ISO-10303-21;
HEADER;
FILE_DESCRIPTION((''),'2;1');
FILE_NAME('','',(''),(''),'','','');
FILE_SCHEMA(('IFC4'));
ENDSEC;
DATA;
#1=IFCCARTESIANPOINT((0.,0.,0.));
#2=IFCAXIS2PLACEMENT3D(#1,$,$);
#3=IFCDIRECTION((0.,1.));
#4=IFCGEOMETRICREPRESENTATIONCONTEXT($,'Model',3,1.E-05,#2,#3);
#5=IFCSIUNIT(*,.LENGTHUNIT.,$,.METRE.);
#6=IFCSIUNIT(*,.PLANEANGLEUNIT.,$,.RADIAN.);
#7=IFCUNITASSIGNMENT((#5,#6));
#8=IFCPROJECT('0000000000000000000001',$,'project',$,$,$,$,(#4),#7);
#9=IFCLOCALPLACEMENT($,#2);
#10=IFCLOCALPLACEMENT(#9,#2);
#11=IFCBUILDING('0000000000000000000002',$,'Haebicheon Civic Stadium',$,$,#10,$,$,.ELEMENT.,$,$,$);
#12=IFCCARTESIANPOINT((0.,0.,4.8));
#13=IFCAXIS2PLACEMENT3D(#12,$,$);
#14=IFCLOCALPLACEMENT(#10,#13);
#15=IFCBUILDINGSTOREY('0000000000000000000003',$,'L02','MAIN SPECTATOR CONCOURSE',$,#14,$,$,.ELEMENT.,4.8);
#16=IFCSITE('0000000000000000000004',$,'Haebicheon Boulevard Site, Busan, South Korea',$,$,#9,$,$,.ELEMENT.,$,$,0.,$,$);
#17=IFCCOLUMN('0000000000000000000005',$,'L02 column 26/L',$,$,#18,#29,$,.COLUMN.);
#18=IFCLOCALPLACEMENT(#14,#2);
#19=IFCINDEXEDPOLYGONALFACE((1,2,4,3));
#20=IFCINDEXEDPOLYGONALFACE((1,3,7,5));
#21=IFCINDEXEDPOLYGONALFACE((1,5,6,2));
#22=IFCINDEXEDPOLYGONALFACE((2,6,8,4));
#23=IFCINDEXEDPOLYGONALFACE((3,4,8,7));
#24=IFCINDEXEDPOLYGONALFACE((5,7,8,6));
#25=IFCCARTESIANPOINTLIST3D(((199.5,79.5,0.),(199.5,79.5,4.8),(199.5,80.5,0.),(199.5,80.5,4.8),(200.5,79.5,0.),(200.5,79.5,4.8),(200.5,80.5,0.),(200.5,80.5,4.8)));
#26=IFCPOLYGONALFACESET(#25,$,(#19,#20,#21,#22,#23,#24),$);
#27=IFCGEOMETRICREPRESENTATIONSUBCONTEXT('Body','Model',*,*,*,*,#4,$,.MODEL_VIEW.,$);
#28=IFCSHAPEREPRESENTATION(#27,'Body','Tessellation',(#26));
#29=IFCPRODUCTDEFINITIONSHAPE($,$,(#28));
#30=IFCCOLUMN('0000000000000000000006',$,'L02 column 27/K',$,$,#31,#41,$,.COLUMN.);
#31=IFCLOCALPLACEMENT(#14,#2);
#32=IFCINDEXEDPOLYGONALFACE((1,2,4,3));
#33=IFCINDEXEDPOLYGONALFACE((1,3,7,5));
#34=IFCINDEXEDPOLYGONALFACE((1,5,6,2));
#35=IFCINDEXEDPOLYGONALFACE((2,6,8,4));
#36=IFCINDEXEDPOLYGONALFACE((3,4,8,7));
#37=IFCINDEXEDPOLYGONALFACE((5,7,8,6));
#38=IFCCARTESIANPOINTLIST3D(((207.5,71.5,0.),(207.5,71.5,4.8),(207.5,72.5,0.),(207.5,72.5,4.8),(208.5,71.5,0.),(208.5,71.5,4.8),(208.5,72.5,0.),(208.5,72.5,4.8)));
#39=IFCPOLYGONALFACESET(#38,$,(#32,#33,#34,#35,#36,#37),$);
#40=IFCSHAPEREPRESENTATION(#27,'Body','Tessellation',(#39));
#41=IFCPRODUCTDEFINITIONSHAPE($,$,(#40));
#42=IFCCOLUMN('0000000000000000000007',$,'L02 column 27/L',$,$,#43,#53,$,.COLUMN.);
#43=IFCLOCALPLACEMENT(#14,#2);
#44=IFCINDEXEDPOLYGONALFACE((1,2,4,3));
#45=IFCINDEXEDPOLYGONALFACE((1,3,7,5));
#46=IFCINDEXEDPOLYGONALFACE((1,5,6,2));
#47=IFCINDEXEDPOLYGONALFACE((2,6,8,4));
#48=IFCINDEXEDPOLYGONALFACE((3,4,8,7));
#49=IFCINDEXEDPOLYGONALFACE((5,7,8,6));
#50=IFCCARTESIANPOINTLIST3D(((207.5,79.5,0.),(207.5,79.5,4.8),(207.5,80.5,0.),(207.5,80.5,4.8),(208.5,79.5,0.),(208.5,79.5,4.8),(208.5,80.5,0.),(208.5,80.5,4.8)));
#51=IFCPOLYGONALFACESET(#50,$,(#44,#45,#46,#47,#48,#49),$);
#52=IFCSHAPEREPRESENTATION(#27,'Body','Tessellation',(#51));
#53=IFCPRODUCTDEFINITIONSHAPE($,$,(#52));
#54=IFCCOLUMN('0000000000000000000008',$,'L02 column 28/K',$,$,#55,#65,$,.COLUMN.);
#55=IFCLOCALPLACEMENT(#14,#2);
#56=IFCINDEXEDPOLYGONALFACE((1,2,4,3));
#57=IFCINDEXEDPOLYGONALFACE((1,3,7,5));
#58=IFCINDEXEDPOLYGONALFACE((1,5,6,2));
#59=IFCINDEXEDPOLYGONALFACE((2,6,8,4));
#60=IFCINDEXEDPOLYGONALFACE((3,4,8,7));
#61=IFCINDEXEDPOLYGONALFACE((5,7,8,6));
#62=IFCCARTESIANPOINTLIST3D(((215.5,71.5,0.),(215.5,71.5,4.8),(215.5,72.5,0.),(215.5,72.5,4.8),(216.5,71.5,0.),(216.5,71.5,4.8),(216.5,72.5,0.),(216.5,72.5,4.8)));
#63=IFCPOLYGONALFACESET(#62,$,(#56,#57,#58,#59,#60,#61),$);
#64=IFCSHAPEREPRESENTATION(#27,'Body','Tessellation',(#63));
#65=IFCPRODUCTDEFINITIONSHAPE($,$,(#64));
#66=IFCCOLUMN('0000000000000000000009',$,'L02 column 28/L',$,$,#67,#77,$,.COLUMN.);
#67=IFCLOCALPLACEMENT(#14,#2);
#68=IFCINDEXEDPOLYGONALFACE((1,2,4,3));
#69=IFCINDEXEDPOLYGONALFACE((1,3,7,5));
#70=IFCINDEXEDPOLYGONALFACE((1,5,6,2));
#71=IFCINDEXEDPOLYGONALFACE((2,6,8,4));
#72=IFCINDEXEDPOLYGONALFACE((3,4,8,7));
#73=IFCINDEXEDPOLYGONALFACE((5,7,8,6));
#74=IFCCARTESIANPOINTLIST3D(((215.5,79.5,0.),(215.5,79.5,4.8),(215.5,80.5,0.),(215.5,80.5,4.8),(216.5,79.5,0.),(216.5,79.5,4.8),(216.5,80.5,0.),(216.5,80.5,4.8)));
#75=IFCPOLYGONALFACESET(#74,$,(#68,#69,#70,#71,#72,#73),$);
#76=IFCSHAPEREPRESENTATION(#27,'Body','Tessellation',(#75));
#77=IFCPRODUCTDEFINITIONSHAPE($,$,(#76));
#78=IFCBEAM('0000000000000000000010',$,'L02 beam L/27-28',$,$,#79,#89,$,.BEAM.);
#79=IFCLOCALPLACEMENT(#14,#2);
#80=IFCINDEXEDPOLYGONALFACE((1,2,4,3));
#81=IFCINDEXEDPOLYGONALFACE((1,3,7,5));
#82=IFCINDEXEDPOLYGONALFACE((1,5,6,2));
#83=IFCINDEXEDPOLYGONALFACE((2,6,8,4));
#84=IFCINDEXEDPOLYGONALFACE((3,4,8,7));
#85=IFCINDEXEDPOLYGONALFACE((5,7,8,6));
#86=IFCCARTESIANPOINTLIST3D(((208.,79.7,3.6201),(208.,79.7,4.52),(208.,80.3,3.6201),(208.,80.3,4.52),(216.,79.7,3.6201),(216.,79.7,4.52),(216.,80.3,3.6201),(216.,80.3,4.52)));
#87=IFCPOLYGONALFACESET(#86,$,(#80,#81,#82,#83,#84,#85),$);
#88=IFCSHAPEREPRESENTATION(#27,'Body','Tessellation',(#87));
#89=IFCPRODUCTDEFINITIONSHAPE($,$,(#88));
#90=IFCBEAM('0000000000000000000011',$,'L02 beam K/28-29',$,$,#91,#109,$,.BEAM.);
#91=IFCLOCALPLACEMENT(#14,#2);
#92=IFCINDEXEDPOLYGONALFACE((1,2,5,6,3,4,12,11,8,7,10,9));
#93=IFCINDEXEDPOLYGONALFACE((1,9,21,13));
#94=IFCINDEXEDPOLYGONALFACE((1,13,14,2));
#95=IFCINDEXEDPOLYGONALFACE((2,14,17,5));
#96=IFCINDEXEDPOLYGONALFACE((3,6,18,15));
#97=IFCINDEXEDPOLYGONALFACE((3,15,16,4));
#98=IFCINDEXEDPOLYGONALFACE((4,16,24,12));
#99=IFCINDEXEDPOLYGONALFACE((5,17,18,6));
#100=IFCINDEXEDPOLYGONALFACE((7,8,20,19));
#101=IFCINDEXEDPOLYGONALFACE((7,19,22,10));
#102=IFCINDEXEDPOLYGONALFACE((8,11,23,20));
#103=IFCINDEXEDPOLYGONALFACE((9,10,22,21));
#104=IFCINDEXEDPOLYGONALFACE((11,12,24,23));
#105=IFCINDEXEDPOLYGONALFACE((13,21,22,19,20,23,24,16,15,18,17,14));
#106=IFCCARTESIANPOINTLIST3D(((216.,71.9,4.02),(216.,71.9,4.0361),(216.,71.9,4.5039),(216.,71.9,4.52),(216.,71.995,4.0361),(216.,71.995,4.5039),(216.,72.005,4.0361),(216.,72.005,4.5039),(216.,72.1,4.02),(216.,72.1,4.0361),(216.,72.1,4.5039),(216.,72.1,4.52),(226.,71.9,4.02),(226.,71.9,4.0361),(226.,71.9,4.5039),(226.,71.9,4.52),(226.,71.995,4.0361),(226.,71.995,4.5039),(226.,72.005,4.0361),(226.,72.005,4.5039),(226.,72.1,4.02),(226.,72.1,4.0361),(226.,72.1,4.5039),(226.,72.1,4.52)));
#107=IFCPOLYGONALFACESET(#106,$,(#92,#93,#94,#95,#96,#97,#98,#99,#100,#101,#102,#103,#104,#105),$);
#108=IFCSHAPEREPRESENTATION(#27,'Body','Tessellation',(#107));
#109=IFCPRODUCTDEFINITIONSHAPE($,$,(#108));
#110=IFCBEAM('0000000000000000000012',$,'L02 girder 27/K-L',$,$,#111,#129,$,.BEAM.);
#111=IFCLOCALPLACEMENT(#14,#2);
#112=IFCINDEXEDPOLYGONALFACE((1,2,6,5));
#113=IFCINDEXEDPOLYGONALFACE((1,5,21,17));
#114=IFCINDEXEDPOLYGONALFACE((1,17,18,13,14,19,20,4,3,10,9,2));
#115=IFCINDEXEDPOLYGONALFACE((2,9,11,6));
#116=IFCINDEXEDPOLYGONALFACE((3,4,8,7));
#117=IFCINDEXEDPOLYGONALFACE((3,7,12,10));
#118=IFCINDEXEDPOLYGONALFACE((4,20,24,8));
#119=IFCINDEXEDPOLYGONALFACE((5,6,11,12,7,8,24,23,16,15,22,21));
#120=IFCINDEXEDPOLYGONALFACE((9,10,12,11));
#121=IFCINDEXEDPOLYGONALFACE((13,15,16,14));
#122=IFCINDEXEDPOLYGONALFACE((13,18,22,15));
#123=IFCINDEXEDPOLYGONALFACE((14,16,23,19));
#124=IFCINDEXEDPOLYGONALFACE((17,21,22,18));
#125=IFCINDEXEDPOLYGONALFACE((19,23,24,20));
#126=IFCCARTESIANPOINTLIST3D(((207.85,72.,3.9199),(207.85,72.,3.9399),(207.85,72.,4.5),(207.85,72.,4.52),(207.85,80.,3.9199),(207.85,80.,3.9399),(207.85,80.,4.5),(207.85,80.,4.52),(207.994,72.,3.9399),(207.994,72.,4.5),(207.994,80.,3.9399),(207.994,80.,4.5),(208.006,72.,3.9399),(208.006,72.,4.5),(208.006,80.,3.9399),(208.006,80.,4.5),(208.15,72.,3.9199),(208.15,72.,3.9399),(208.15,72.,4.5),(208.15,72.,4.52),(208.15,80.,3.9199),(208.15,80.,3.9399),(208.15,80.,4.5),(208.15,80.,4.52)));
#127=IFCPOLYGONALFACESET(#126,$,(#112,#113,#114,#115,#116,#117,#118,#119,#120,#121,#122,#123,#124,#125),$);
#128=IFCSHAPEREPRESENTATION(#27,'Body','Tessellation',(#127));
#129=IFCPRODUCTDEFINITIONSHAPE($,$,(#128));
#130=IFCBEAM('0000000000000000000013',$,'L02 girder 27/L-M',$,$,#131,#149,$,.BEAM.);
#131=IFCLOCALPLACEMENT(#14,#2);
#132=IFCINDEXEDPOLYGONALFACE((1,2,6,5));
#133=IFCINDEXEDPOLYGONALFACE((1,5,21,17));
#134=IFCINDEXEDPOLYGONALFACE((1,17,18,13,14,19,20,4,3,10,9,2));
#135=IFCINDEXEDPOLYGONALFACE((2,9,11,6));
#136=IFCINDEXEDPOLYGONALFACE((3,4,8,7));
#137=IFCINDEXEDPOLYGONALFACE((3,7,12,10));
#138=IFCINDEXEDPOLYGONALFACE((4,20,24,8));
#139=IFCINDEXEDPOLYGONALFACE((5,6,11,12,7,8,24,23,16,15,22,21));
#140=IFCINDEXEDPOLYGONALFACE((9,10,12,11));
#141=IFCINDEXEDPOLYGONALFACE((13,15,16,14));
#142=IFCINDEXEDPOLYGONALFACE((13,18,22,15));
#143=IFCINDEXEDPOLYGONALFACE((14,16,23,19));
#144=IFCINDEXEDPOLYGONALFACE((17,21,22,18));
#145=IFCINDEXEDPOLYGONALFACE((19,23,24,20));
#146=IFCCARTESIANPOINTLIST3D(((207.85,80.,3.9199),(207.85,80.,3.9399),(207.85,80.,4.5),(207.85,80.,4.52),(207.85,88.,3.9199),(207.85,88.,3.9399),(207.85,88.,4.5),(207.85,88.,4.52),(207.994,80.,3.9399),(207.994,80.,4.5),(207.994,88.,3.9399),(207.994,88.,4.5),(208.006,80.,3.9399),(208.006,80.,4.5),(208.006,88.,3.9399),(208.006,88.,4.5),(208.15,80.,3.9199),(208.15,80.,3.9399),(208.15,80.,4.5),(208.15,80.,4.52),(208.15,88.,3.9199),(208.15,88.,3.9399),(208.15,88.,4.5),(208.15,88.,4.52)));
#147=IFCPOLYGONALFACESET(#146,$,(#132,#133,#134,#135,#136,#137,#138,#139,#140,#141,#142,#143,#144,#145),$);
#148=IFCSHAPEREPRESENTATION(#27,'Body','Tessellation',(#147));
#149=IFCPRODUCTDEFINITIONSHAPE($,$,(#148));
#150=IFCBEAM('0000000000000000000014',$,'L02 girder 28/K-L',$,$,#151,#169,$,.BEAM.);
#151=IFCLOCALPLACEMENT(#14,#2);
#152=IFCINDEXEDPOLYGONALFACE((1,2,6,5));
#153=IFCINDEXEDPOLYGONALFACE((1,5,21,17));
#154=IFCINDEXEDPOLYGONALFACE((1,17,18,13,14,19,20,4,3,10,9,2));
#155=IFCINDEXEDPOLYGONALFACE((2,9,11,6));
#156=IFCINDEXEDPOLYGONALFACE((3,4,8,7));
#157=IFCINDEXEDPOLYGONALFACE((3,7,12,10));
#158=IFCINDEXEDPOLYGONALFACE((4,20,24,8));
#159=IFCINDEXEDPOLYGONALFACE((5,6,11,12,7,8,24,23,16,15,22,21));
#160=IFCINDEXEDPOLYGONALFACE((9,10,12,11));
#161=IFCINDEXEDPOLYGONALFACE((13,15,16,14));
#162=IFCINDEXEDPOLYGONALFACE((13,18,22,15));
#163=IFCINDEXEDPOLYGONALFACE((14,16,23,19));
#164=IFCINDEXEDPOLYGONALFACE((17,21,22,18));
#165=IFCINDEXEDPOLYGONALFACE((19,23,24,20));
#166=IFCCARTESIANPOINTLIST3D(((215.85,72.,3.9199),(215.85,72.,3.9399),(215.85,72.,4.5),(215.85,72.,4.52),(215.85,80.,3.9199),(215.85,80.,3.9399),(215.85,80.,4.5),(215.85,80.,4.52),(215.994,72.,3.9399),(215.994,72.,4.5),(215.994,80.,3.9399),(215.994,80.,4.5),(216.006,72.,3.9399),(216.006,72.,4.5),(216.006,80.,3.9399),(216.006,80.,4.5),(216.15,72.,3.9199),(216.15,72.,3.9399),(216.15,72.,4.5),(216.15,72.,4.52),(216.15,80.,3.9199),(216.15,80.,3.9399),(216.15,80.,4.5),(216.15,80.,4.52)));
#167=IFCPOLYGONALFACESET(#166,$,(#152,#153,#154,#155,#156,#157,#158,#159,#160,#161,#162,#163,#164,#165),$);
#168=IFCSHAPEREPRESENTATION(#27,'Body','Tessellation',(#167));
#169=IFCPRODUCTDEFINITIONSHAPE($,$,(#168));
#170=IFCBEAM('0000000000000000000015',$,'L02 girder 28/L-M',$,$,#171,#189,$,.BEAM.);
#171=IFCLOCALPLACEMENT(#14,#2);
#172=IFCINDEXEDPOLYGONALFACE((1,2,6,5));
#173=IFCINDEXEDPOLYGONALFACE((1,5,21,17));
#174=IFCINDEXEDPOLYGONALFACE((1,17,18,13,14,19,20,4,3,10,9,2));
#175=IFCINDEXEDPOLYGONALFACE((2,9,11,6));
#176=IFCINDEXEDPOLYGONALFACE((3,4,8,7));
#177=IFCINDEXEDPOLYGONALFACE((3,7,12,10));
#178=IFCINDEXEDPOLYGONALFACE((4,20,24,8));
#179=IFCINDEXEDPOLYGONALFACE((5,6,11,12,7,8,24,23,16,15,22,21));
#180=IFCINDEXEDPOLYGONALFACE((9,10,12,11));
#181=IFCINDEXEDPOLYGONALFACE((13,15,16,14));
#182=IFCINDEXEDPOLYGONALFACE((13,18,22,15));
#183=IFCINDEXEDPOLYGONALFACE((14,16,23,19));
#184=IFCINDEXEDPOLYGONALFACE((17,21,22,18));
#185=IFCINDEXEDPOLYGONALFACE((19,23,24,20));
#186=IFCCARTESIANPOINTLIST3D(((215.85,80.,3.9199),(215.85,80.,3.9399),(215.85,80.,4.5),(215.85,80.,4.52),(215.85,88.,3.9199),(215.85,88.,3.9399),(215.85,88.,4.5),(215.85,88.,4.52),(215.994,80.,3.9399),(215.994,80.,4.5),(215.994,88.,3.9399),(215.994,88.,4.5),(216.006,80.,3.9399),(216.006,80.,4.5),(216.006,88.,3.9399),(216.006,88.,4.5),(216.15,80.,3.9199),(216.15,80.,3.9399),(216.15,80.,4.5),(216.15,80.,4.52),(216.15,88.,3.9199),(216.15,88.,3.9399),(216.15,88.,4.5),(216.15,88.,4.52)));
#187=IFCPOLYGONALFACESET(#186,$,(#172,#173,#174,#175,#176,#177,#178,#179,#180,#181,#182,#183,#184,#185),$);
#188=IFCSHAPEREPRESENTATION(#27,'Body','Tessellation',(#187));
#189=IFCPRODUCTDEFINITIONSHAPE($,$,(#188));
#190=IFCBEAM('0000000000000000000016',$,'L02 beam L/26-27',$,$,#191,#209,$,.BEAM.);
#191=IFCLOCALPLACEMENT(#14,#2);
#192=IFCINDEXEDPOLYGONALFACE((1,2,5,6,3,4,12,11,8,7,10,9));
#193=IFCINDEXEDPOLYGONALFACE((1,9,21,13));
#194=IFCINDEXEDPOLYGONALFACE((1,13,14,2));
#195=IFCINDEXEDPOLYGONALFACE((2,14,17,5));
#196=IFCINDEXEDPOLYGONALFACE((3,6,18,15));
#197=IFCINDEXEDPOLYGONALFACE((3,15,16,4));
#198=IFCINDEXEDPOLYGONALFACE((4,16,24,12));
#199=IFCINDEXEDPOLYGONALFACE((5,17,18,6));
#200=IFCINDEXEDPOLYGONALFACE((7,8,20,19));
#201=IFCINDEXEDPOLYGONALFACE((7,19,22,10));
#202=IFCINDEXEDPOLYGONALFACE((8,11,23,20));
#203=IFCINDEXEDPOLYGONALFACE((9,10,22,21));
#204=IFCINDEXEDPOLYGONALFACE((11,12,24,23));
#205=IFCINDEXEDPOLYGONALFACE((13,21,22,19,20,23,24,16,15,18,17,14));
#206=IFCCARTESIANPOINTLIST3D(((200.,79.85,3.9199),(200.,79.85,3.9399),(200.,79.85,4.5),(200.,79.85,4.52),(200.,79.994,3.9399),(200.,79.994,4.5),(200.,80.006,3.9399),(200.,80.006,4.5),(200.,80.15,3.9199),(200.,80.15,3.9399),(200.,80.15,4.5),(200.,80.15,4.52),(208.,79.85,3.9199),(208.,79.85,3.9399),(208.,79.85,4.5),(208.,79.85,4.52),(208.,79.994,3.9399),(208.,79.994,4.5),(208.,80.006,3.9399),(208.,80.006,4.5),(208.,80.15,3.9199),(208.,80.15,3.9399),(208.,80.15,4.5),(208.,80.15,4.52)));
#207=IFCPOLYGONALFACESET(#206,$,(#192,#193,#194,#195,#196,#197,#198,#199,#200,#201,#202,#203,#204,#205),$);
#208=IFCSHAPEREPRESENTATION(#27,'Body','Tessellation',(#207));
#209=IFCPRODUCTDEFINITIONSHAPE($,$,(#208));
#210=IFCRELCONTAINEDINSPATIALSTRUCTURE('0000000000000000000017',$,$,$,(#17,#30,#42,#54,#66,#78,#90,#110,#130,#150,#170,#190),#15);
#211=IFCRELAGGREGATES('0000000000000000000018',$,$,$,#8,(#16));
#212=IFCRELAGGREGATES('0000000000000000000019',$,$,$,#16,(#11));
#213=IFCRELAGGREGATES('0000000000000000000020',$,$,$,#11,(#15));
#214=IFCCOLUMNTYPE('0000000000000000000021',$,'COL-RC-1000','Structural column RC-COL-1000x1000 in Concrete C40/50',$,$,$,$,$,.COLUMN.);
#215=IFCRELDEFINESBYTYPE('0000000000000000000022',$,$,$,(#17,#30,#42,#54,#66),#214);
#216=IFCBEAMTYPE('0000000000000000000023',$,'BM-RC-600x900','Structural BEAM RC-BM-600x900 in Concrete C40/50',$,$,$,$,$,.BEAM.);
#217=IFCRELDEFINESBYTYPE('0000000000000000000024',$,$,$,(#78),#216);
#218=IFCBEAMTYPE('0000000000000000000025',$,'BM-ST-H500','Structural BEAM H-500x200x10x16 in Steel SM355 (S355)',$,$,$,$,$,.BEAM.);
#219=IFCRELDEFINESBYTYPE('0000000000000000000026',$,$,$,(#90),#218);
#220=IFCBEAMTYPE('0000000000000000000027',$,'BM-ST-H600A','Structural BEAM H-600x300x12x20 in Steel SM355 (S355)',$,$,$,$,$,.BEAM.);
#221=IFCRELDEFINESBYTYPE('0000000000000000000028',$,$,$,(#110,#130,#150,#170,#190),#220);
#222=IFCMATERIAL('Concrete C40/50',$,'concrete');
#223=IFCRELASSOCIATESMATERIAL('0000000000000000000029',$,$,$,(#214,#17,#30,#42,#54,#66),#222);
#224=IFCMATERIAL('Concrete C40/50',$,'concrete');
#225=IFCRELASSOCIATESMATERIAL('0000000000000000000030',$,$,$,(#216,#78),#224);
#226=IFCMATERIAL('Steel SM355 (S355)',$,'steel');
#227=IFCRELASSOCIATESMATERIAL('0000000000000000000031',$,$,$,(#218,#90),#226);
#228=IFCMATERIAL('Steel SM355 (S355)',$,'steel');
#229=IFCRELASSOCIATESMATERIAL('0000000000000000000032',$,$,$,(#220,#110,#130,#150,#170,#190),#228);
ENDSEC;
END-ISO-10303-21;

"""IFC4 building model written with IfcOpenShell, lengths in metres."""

from ifc_helpers import new_model, si_unit, direction, frame, origin, origin_2d, place, context, subcontext, project, spatial, rectangle, i_section, extrude, material, material_profile, profile_set, type_object, element, save


model = new_model("IFC4")

# Units and contexts
model_context = context("Model", 3, precision=1e-05, world=origin(), true_north=direction((0.0, 1.0)))
body_context = subcontext(model_context, "Body", "Model", "MODEL_VIEW")
ifc_project = project(units=[si_unit("LENGTHUNIT", "METRE"), si_unit("PLANEANGLEUNIT", "RADIAN")], contexts=[model_context])

# Site, building, storey
site_placement = place(None, origin())
site = spatial("IfcSite", under=ifc_project, at=site_placement, Name="Haebicheon Boulevard Site, Busan, South Korea", CompositionType="ELEMENT", RefElevation=0.0)
building_placement = place(site_placement, origin())
building = spatial("IfcBuilding", under=site, at=building_placement, Name="Haebicheon Civic Stadium", CompositionType="ELEMENT")
storey_placement = place(building_placement, frame((0.0, 0.0, 4.8)))
storey = spatial("IfcBuildingStorey", under=building, at=storey_placement, Name="L02", Description="MAIN SPECTATOR CONCOURSE", CompositionType="ELEMENT", Elevation=4.8)

# Columns
ifc_material_1 = material(Name="Concrete C40/50", Category="concrete")
ifc_material_profile_1 = material_profile(ifc_material_1, rectangle(XDim=1.0, YDim=1.0, at=origin_2d()), Name="RC-COL-1000x1000")
ifc_profile_set_1 = profile_set([ifc_material_profile_1], Name="Concrete C40/50")
column_type = type_object("IfcColumnType", Name="COL-RC-1000", Description="Structural column RC-COL-1000x1000 in Concrete C40/50", PredefinedType="COLUMN", material=ifc_profile_set_1)
for number, where, z_axis, x_axis, name in (
    (1, (200.0, 80.0, 0.0), (0.0, 0.0, 1.0), (1.0, 0.0, 0.0), "L02 column 26/L"),
    (2, (208.0, 72.0, 0.0), (0.0, 0.0, 1.0), (1.0, 0.0, 0.0), "L02 column 27/K"),
    (3, (208.0, 80.0, 0.0), (0.0, 0.0, 1.0), (1.0, 0.0, 0.0), "L02 column 27/L"),
    (4, (216.0, 72.0, 0.0), (0.0, 0.0, 1.0), (1.0, 0.0, 0.0), "L02 column 28/K"),
    (5, (216.0, 80.0, 0.0), (0.0, 0.0, 1.0), (1.0, 0.0, 0.0), "L02 column 28/L"),
):
    element("IfcColumn", number, at=place(storey_placement, frame(where, z_axis=z_axis, x_axis=x_axis)), inside=storey, type_object=column_type, material=ifc_profile_set_1, Name=name, PredefinedType="COLUMN", context=body_context, shape_type="SweptSolid", body=[
        extrude(rectangle(XDim=1.0, YDim=1.0, at=origin_2d()), origin(), (0.0, 0.0, 1.0), 4.8),
    ])

# Beams
ifc_material_2 = material(Name="Concrete C40/50", Category="concrete")
ifc_material_profile_2 = material_profile(ifc_material_2, rectangle(XDim=0.6001, YDim=0.8999, at=origin_2d()), Name="RC-BM-600x900")
ifc_profile_set_2 = profile_set([ifc_material_profile_2], Name="Concrete C40/50")
beam_type_1 = type_object("IfcBeamType", Name="BM-RC-600x900", Description="Structural BEAM RC-BM-600x900 in Concrete C40/50", PredefinedType="BEAM", material=ifc_profile_set_2)
beam_1_placement = place(storey_placement, frame((208.0, 80.0, 4.0701), z_axis=(1.0, 0.0, 0.0), x_axis=(0.0, 1.0, 0.0)))
element("IfcBeam", 6, at=beam_1_placement, inside=storey, type_object=beam_type_1, material=ifc_profile_set_2, Name="L02 beam L/27-28", PredefinedType="BEAM", context=body_context, shape_type="SweptSolid", body=[
    extrude(rectangle(XDim=0.6001, YDim=0.8999, at=origin_2d()), origin(), (0.0, 0.0, 1.0), 8.0),
])
ifc_material_3 = material(Name="Steel SM355 (S355)", Category="steel")
ifc_material_profile_3 = material_profile(ifc_material_3, i_section(OverallWidth=0.2, OverallDepth=0.5, WebThickness=0.01, FlangeThickness=0.0161, at=origin_2d()), Name="H-500x200x10x16")
ifc_profile_set_3 = profile_set([ifc_material_profile_3], Name="Steel SM355 (S355)")
beam_type_2 = type_object("IfcBeamType", Name="BM-ST-H500", Description="Structural BEAM H-500x200x10x16 in Steel SM355 (S355)", PredefinedType="BEAM", material=ifc_profile_set_3)
beam_2_placement = place(storey_placement, frame((216.0, 72.0, 4.27), z_axis=(1.0, 0.0, 0.0), x_axis=(0.0, 1.0, 0.0)))
element("IfcBeam", 7, at=beam_2_placement, inside=storey, type_object=beam_type_2, material=ifc_profile_set_3, Name="L02 beam K/28-29", PredefinedType="BEAM", context=body_context, shape_type="SweptSolid", body=[
    extrude(i_section(OverallWidth=0.2, OverallDepth=0.5, WebThickness=0.01, FlangeThickness=0.0161, at=origin_2d()), origin(), (0.0, 0.0, 1.0), 10.0),
])
ifc_material_4 = material(Name="Steel SM355 (S355)", Category="steel")
ifc_material_profile_4 = material_profile(ifc_material_4, i_section(OverallWidth=0.3, OverallDepth=0.6001, WebThickness=0.012, FlangeThickness=0.02, at=origin_2d()), Name="H-600x300x12x20")
ifc_profile_set_4 = profile_set([ifc_material_profile_4], Name="Steel SM355 (S355)")
beam_type_3 = type_object("IfcBeamType", Name="BM-ST-H600A", Description="Structural BEAM H-600x300x12x20 in Steel SM355 (S355)", PredefinedType="BEAM", material=ifc_profile_set_4)
for number, where, z_axis, x_axis, name in (
    (8, (208.0, 72.0, 4.22), (0.0, 1.0, 0.0), (-1.0, 0.0, 0.0), "L02 girder 27/K-L"),
    (9, (208.0, 80.0, 4.22), (0.0, 1.0, 0.0), (-1.0, 0.0, 0.0), "L02 girder 27/L-M"),
    (10, (216.0, 72.0, 4.22), (0.0, 1.0, 0.0), (-1.0, 0.0, 0.0), "L02 girder 28/K-L"),
    (11, (216.0, 80.0, 4.22), (0.0, 1.0, 0.0), (-1.0, 0.0, 0.0), "L02 girder 28/L-M"),
    (12, (200.0, 80.0, 4.22), (1.0, 0.0, 0.0), (0.0, 1.0, 0.0), "L02 beam L/26-27"),
):
    element("IfcBeam", number, at=place(storey_placement, frame(where, z_axis=z_axis, x_axis=x_axis)), inside=storey, type_object=beam_type_3, material=ifc_profile_set_4, Name=name, PredefinedType="BEAM", context=body_context, shape_type="SweptSolid", body=[
        extrude(i_section(OverallWidth=0.3, OverallDepth=0.6001, WebThickness=0.012, FlangeThickness=0.02, at=origin_2d()), origin(), (0.0, 0.0, 1.0), 8.0),
    ])

save(model, "model.ifc")
